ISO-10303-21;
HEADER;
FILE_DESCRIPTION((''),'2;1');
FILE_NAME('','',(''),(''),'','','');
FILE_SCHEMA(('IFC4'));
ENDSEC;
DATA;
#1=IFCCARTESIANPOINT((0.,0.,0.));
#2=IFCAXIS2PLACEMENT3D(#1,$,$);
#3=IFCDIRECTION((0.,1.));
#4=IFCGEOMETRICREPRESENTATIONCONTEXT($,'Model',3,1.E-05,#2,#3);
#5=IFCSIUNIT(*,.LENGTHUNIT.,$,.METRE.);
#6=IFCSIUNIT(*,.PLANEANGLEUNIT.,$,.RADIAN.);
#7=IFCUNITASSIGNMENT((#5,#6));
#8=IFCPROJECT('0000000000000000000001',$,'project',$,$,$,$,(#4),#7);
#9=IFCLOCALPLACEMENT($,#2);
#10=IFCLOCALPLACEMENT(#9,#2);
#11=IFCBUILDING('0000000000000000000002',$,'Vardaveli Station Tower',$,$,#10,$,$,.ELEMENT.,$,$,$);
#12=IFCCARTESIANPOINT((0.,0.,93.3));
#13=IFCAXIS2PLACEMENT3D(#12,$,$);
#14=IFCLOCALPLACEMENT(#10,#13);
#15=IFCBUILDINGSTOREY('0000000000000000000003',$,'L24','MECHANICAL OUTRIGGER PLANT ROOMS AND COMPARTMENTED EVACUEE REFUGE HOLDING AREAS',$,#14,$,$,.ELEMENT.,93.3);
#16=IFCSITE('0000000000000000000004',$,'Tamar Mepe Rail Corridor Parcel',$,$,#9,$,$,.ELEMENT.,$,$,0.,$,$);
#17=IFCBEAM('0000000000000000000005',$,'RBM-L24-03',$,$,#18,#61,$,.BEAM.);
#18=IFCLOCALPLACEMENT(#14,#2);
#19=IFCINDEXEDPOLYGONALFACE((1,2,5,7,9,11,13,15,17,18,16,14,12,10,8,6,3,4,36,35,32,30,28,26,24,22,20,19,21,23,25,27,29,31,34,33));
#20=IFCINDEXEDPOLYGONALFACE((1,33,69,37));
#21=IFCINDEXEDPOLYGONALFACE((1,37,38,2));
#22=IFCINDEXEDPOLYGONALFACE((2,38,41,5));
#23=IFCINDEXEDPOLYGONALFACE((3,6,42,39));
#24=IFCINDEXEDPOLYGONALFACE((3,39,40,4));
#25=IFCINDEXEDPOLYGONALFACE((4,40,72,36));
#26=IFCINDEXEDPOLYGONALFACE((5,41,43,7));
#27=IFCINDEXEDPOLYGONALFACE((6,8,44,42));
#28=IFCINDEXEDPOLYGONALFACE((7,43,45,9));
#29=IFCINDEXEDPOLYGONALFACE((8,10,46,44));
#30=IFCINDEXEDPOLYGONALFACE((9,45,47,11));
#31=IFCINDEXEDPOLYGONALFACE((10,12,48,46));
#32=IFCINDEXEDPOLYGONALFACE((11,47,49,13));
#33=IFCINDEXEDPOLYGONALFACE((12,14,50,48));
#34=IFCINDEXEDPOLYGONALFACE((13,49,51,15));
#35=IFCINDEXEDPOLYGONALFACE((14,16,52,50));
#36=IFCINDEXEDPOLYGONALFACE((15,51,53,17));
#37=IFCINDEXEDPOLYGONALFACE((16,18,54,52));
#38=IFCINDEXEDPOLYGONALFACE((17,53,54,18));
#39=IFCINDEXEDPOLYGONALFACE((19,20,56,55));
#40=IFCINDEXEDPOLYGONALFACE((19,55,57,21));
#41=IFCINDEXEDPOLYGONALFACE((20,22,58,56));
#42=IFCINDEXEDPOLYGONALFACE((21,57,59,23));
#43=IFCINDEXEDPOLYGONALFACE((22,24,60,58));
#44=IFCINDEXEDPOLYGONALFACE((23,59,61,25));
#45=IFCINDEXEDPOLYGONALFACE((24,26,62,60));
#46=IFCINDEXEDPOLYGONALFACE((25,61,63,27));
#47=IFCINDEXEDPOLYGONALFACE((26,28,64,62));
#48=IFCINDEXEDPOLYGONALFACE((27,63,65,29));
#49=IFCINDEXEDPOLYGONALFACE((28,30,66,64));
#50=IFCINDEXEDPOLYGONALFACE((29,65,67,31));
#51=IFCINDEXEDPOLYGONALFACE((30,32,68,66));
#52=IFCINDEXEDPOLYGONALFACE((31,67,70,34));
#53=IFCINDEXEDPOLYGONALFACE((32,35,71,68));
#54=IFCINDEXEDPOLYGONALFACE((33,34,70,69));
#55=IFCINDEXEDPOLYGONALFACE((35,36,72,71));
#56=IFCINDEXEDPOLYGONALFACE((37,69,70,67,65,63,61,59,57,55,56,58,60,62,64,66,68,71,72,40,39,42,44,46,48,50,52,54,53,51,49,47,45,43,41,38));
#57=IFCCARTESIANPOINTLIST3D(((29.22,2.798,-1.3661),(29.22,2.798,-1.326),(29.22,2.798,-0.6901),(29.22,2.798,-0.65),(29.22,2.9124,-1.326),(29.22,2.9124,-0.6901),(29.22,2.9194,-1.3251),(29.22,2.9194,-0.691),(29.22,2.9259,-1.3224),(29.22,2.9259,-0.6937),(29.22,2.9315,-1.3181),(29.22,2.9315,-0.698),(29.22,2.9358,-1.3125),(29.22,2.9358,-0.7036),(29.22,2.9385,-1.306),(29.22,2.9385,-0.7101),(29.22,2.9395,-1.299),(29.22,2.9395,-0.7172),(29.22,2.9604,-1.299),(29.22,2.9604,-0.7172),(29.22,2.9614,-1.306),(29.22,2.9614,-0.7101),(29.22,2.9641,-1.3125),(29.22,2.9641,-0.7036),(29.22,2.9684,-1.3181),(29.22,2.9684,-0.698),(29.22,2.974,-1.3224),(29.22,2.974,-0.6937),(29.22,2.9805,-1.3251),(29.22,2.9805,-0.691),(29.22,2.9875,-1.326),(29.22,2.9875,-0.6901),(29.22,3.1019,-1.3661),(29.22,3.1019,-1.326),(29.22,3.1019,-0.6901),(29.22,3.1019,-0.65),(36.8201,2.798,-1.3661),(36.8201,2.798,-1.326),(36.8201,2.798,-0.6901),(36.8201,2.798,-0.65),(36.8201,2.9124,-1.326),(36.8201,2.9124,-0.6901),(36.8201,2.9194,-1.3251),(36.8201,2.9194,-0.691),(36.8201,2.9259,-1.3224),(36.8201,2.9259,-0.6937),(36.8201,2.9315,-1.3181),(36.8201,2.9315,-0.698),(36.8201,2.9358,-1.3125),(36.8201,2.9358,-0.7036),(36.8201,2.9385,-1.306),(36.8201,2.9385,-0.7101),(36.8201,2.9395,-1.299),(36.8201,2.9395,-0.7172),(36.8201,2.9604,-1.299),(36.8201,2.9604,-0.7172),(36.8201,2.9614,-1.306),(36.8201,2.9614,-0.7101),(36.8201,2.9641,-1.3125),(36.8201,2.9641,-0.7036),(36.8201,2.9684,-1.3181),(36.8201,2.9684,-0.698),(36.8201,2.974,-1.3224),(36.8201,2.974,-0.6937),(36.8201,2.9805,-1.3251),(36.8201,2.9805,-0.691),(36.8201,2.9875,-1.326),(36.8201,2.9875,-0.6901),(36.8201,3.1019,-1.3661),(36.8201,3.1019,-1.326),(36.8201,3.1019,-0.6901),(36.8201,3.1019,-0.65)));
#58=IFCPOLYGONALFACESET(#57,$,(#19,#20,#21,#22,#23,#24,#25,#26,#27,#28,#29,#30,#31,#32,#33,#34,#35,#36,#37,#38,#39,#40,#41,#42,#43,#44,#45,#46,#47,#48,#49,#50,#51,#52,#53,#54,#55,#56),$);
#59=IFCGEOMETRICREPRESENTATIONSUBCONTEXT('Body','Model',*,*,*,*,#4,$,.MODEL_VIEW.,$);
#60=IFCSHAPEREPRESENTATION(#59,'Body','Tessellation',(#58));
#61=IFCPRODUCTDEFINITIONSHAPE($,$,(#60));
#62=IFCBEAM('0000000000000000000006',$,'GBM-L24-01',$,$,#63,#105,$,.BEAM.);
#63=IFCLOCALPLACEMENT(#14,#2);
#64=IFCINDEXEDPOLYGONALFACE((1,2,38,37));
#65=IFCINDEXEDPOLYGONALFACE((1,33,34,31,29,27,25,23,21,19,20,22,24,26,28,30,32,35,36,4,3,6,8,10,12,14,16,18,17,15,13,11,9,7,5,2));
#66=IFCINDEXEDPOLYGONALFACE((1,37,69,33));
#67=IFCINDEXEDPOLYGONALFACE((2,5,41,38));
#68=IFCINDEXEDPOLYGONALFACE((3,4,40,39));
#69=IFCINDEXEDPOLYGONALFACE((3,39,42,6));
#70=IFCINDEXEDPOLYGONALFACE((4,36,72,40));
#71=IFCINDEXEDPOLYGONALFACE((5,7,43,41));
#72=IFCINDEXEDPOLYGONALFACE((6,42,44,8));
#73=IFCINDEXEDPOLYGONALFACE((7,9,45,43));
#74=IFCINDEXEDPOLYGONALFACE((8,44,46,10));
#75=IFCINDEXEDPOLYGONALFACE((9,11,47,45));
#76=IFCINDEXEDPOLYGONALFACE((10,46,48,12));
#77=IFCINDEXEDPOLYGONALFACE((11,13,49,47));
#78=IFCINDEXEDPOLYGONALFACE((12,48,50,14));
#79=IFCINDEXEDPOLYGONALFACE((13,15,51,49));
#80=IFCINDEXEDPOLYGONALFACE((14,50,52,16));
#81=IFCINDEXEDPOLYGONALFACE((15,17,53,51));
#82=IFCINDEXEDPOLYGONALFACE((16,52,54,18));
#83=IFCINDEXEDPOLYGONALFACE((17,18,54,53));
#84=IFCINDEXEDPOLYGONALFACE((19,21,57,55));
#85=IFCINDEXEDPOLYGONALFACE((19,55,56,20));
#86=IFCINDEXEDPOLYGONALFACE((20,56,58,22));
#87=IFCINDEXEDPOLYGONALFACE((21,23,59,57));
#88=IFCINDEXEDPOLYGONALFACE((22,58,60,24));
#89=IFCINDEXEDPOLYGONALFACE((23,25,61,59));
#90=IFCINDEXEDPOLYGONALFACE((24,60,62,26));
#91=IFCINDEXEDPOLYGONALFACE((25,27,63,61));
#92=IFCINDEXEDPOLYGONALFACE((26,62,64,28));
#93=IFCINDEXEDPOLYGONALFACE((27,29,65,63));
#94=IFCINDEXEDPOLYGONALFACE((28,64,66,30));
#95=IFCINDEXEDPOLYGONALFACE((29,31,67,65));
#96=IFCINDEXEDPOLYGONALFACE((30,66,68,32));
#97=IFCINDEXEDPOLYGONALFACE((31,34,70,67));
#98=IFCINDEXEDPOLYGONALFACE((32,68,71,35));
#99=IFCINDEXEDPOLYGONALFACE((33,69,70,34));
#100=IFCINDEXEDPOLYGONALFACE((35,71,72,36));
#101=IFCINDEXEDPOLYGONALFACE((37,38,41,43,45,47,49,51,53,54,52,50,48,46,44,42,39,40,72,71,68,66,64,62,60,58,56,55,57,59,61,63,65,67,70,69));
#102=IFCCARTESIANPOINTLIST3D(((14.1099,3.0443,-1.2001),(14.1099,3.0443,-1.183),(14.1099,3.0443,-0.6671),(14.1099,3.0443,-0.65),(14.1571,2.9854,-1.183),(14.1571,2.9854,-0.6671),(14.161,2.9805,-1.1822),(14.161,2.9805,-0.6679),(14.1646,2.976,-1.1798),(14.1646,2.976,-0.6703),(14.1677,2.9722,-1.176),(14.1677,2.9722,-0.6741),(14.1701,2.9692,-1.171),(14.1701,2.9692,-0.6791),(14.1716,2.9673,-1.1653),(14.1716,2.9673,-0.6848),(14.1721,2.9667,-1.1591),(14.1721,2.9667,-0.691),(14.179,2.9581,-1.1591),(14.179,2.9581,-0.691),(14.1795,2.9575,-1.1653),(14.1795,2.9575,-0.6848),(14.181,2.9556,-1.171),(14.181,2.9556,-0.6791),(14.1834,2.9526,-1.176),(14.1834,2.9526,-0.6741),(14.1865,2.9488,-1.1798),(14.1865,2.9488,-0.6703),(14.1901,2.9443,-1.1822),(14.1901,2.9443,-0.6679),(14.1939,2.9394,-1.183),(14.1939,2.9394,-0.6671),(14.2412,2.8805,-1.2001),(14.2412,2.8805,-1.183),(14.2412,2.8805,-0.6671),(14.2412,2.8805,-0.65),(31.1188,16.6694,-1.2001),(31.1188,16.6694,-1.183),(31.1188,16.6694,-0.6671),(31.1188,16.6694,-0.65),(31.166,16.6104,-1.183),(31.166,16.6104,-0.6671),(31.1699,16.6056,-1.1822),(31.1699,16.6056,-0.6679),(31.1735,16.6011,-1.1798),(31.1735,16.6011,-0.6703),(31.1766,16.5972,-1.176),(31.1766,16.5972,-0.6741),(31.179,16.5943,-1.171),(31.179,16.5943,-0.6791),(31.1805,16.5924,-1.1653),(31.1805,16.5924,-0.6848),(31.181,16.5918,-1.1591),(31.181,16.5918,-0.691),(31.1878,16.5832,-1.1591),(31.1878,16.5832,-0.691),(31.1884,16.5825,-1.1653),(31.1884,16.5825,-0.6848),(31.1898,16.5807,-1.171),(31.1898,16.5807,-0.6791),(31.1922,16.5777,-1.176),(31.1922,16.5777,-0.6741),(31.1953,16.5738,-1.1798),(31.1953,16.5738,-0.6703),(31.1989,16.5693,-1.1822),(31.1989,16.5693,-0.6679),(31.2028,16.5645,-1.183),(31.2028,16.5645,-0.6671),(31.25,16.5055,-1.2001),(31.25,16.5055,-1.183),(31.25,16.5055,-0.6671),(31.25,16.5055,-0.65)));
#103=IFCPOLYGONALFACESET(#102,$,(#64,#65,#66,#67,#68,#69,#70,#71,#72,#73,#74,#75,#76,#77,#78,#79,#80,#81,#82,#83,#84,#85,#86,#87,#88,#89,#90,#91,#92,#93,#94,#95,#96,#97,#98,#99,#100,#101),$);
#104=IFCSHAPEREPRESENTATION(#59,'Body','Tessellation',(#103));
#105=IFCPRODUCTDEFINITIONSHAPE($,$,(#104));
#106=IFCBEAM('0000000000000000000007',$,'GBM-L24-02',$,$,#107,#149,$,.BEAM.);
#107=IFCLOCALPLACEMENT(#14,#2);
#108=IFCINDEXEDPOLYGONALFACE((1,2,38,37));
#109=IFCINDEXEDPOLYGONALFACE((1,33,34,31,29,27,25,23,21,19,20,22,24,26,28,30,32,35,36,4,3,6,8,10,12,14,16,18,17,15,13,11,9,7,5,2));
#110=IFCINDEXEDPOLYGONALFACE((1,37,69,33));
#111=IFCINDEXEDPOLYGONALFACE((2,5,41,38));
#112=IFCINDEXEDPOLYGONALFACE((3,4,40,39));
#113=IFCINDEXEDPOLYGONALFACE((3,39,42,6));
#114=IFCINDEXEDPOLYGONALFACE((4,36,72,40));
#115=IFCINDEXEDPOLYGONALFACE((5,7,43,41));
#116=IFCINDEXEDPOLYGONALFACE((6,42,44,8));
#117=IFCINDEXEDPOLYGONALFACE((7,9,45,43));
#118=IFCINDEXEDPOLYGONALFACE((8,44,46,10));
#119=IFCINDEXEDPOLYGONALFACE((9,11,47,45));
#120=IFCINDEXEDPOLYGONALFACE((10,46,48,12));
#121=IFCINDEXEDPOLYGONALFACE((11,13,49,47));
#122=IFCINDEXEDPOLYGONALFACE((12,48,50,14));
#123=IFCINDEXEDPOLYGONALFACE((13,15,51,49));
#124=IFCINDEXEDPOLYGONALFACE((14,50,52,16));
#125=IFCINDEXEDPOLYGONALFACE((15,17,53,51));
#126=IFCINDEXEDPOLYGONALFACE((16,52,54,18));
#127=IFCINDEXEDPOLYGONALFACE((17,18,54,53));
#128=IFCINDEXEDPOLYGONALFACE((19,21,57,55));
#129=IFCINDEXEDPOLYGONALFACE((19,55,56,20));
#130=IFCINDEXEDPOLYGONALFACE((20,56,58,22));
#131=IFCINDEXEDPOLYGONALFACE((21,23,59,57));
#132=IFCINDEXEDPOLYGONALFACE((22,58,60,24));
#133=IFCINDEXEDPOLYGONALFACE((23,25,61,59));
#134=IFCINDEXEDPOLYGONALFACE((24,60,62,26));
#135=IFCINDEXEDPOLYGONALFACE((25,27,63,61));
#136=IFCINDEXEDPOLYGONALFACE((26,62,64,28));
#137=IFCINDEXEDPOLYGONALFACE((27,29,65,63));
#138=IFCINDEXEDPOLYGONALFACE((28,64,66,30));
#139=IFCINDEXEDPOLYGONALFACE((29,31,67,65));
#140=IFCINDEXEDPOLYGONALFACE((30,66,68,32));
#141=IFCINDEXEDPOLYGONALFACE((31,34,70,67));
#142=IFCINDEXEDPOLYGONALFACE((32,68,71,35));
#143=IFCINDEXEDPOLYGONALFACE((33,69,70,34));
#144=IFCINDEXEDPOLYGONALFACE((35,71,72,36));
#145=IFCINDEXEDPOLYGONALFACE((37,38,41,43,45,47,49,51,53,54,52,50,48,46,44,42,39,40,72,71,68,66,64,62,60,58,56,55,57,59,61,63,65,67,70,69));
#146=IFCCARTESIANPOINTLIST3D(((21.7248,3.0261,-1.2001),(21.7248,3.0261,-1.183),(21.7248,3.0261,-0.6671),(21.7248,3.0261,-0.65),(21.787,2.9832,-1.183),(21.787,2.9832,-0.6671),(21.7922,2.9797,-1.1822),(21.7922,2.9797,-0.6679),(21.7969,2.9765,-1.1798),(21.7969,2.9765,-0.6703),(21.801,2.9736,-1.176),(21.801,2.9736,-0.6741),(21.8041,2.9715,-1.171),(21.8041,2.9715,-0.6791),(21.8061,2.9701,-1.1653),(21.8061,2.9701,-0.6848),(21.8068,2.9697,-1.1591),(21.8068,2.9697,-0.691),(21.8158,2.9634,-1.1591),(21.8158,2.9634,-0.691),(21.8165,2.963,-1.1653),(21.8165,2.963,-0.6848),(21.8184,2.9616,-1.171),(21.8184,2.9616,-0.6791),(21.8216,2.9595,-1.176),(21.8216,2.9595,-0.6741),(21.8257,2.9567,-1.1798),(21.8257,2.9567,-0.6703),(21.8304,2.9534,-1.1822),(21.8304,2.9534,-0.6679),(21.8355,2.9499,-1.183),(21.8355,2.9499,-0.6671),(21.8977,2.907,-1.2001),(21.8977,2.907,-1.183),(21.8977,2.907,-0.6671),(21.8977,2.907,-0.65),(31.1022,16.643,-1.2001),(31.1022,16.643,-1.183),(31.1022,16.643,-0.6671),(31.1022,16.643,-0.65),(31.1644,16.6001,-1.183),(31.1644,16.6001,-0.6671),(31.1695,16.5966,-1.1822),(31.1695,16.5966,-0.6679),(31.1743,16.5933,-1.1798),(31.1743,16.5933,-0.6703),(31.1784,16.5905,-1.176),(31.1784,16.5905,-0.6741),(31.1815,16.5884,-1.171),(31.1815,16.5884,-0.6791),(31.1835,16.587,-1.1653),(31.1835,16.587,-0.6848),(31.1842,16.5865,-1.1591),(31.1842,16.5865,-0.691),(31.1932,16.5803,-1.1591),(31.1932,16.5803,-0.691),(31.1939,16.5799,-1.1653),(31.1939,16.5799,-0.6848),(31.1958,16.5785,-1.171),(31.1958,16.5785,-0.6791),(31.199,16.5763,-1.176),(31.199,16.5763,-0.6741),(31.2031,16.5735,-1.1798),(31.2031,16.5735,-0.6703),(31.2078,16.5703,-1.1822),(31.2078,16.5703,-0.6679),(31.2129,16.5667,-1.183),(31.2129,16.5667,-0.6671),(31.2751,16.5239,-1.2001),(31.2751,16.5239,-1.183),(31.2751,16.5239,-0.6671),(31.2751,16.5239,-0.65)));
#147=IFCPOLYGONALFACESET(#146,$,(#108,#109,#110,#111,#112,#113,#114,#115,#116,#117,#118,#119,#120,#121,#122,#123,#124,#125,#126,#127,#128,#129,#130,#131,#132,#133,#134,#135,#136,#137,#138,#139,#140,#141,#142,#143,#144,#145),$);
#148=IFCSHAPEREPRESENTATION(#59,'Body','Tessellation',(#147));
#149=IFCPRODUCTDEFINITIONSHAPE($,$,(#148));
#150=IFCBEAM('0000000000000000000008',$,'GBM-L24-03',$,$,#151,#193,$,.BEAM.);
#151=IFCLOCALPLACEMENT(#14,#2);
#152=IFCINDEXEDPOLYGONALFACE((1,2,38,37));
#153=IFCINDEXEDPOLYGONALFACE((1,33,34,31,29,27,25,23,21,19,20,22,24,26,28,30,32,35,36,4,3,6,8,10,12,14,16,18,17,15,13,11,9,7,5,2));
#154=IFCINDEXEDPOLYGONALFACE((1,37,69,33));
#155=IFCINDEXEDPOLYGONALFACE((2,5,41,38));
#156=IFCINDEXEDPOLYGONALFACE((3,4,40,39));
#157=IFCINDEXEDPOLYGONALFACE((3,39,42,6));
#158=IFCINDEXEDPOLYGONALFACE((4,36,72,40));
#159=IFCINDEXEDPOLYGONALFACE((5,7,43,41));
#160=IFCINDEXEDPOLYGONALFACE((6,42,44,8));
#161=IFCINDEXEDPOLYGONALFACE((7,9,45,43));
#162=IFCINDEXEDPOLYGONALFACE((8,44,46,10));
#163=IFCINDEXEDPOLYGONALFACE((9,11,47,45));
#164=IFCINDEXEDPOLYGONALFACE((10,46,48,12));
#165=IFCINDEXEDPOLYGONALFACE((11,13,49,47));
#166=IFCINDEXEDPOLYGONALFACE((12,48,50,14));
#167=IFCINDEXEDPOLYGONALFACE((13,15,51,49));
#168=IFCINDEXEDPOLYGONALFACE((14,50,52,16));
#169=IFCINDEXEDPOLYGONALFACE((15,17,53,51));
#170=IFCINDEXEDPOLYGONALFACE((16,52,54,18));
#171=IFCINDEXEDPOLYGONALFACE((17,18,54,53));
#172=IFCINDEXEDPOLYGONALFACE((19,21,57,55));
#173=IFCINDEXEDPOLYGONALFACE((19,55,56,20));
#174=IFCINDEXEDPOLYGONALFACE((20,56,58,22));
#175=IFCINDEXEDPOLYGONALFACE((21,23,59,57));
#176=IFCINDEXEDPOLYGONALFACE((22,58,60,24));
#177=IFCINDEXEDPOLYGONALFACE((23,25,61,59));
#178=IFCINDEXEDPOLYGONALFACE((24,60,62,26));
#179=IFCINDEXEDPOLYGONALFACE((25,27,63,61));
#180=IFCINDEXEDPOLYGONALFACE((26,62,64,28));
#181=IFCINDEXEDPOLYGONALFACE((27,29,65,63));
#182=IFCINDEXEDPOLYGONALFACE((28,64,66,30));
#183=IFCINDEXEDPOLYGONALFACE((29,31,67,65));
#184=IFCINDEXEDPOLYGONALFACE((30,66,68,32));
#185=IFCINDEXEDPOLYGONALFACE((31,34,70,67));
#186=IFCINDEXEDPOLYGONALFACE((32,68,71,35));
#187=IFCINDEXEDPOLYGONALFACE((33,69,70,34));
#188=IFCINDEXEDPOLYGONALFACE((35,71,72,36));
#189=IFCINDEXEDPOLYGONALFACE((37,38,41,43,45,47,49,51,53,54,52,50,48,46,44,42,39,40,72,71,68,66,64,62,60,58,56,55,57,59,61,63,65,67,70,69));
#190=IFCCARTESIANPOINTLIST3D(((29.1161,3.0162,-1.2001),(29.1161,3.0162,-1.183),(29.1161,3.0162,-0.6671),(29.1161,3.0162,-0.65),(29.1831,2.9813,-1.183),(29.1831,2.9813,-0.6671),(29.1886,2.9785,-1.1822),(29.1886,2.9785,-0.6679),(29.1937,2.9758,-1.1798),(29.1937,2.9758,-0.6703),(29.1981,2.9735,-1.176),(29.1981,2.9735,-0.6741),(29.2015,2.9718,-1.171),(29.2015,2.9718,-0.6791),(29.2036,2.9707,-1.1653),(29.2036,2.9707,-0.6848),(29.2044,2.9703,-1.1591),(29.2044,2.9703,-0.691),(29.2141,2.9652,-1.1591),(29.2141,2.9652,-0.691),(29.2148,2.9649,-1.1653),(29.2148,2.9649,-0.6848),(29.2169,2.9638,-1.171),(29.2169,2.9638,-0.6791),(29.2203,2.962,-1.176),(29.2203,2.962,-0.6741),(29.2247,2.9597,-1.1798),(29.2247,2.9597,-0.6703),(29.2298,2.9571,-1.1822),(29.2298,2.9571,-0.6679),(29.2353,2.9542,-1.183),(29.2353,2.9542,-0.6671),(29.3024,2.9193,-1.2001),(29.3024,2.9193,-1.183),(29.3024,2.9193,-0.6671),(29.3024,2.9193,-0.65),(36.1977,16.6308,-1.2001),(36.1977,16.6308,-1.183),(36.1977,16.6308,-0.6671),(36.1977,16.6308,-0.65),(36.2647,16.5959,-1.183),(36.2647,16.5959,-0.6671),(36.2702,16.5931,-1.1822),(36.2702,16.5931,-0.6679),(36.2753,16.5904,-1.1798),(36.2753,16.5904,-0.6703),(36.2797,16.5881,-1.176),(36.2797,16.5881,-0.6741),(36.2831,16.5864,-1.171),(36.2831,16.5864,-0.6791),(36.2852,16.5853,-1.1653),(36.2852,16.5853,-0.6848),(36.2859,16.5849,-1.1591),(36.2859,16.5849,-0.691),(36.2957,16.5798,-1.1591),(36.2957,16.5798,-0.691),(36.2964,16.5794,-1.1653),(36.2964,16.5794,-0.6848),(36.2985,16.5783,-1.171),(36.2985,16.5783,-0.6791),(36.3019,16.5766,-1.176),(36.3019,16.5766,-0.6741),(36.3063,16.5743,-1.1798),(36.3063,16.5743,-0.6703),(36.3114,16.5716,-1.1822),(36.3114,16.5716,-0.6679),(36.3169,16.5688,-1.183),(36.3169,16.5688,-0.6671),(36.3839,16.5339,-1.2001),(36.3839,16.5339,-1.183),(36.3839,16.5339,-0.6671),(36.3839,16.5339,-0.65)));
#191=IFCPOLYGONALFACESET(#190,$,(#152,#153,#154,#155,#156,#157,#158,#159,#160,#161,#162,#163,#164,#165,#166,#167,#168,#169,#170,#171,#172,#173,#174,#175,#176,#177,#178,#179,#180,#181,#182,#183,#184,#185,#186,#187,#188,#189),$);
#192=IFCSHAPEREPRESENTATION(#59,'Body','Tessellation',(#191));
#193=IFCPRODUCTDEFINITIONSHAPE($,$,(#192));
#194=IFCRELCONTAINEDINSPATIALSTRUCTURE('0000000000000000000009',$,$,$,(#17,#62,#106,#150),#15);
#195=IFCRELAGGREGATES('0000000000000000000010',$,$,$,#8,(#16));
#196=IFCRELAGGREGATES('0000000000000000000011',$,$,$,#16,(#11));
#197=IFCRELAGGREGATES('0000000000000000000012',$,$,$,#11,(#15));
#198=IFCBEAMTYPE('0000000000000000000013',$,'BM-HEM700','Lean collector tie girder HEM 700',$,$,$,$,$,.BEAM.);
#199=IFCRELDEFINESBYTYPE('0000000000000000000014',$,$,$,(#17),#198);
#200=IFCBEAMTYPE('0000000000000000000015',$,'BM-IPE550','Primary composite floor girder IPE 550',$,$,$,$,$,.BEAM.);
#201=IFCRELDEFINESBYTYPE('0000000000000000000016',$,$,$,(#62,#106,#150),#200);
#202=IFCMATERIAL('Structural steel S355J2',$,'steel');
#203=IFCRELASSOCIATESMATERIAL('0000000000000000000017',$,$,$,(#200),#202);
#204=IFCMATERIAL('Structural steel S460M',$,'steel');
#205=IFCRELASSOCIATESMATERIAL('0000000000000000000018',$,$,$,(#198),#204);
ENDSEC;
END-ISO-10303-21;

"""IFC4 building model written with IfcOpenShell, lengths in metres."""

from ifc_helpers import new_model, si_unit, direction, frame, origin, origin_2d, place, context, subcontext, project, spatial, i_section, extrude, source, transform, mapped, material, material_profile, profile_set, type_object, element, save


model = new_model("IFC4")

# Units and contexts
model_context = context("Model", 3, precision=1e-05, world=origin(), true_north=direction((0.0, 1.0)))
body_context = subcontext(model_context, "Body", "Model", "MODEL_VIEW")
ifc_project = project(units=[si_unit("LENGTHUNIT", "METRE"), si_unit("PLANEANGLEUNIT", "RADIAN")], contexts=[model_context])

# Site, building, storey
site_placement = place(None, origin())
site = spatial("IfcSite", under=ifc_project, at=site_placement, Name="Tamar Mepe Rail Corridor Parcel", CompositionType="ELEMENT", RefElevation=0.0)
building_placement = place(site_placement, origin())
building = spatial("IfcBuilding", under=site, at=building_placement, Name="Vardaveli Station Tower", CompositionType="ELEMENT")
storey_placement = place(building_placement, frame((0.0, 0.0, 93.3)))
storey = spatial("IfcBuildingStorey", under=building, at=storey_placement, Name="L24", Description="MECHANICAL OUTRIGGER PLANT ROOMS AND COMPARTMENTED EVACUEE REFUGE HOLDING AREAS", CompositionType="ELEMENT", Elevation=93.3)

# Shared definitions
ifc_material_1 = material(Name="Structural steel S460M", Category="steel")

# Beams
ifc_material_2 = material(Name="Structural steel S355J2", Category="steel")
ifc_material_profile_1 = material_profile(ifc_material_2, i_section(OverallWidth=0.21, OverallDepth=0.55, WebThickness=0.011, FlangeThickness=0.0171, FilletRadius=0.0239, at=origin_2d()), Name="IPE 550")
ifc_profile_set_1 = profile_set([ifc_material_profile_1], Name="Structural steel S355J2")
beam_type_1 = type_object("IfcBeamType", Name="BM-IPE550", Description="Primary composite floor girder IPE 550", PredefinedType="BEAM", material=ifc_profile_set_1)
ifc_material_profile_2 = material_profile(ifc_material_1, i_section(OverallWidth=0.304, OverallDepth=0.7161, WebThickness=0.021, FlangeThickness=0.04, FilletRadius=0.0271, at=origin_2d()), Name="HEM 700")
ifc_profile_set_2 = profile_set([ifc_material_profile_2], Name="Structural steel S460M")
beam_type_2 = type_object("IfcBeamType", Name="BM-HEM700", Description="Lean collector tie girder HEM 700", PredefinedType="BEAM", material=ifc_profile_set_2)
shared_shape_1 = source(origin(), body_context, "Body", "SweptSolid", [
    extrude(i_section(OverallWidth=0.304, OverallDepth=0.7161, WebThickness=0.021, FlangeThickness=0.04, FilletRadius=0.0271, at=origin_2d()), origin(), (0.0, 0.0, 1.0), 7.6001),
])
beam_1_placement = place(storey_placement, frame((29.22, 2.95, -1.0081), z_axis=(1.0, 0.0, 0.0), x_axis=(0.0, 1.0, 0.0)))
element("IfcBeam", 1, at=beam_1_placement, inside=storey, type_object=beam_type_2, Name="RBM-L24-03", PredefinedType="BEAM", context=body_context, shape_type="MappedRepresentation", body=[
    mapped(shared_shape_1, transform((0.0, 0.0, 0.0), scale=1.0)),
])
shared_shape_2 = source(origin(), body_context, "Body", "SweptSolid", [
    extrude(i_section(OverallWidth=0.21, OverallDepth=0.55, WebThickness=0.011, FlangeThickness=0.0171, FilletRadius=0.0239, at=origin_2d()), origin(), (0.0, 0.0, 1.0), 21.7932),
])
beam_2_placement = place(storey_placement, frame((14.1755, 2.9624, -0.925), z_axis=(0.780466, 0.625198, 0.0), x_axis=(-0.625198, 0.780466, 0.0)))
element("IfcBeam", 2, at=beam_2_placement, inside=storey, type_object=beam_type_1, Name="GBM-L24-01", PredefinedType="BEAM", context=body_context, shape_type="MappedRepresentation", body=[
    mapped(shared_shape_2, transform((0.0, 0.0, 0.0), scale=1.0)),
])
shared_shape_3 = source(origin(), body_context, "Body", "SweptSolid", [
    extrude(i_section(OverallWidth=0.21, OverallDepth=0.55, WebThickness=0.011, FlangeThickness=0.0171, FilletRadius=0.0239, at=origin_2d()), origin(), (0.0, 0.0, 1.0), 16.5334),
])
beam_3_placement = place(storey_placement, frame((21.8113, 2.9666, -0.925), z_axis=(0.567177, 0.823596, 0.0), x_axis=(-0.823596, 0.567177, 0.0)))
element("IfcBeam", 3, at=beam_3_placement, inside=storey, type_object=beam_type_1, Name="GBM-L24-02", PredefinedType="BEAM", context=body_context, shape_type="MappedRepresentation", body=[
    mapped(shared_shape_3, transform((0.0, 0.0, 0.0), scale=1.0)),
])
shared_shape_4 = source(origin(), body_context, "Body", "SweptSolid", [
    extrude(i_section(OverallWidth=0.21, OverallDepth=0.55, WebThickness=0.011, FlangeThickness=0.0171, FilletRadius=0.0239, at=origin_2d()), origin(), (0.0, 0.0, 1.0), 15.3462),
])
beam_4_placement = place(storey_placement, frame((29.2092, 2.9678, -0.925), z_axis=(0.461455, 0.887163, 0.0), x_axis=(-0.887163, 0.461455, 0.0)))
element("IfcBeam", 4, at=beam_4_placement, inside=storey, type_object=beam_type_1, Name="GBM-L24-03", PredefinedType="BEAM", context=body_context, shape_type="MappedRepresentation", body=[
    mapped(shared_shape_4, transform((0.0, 0.0, 0.0), scale=1.0)),
])

save(model, "model.ifc")
